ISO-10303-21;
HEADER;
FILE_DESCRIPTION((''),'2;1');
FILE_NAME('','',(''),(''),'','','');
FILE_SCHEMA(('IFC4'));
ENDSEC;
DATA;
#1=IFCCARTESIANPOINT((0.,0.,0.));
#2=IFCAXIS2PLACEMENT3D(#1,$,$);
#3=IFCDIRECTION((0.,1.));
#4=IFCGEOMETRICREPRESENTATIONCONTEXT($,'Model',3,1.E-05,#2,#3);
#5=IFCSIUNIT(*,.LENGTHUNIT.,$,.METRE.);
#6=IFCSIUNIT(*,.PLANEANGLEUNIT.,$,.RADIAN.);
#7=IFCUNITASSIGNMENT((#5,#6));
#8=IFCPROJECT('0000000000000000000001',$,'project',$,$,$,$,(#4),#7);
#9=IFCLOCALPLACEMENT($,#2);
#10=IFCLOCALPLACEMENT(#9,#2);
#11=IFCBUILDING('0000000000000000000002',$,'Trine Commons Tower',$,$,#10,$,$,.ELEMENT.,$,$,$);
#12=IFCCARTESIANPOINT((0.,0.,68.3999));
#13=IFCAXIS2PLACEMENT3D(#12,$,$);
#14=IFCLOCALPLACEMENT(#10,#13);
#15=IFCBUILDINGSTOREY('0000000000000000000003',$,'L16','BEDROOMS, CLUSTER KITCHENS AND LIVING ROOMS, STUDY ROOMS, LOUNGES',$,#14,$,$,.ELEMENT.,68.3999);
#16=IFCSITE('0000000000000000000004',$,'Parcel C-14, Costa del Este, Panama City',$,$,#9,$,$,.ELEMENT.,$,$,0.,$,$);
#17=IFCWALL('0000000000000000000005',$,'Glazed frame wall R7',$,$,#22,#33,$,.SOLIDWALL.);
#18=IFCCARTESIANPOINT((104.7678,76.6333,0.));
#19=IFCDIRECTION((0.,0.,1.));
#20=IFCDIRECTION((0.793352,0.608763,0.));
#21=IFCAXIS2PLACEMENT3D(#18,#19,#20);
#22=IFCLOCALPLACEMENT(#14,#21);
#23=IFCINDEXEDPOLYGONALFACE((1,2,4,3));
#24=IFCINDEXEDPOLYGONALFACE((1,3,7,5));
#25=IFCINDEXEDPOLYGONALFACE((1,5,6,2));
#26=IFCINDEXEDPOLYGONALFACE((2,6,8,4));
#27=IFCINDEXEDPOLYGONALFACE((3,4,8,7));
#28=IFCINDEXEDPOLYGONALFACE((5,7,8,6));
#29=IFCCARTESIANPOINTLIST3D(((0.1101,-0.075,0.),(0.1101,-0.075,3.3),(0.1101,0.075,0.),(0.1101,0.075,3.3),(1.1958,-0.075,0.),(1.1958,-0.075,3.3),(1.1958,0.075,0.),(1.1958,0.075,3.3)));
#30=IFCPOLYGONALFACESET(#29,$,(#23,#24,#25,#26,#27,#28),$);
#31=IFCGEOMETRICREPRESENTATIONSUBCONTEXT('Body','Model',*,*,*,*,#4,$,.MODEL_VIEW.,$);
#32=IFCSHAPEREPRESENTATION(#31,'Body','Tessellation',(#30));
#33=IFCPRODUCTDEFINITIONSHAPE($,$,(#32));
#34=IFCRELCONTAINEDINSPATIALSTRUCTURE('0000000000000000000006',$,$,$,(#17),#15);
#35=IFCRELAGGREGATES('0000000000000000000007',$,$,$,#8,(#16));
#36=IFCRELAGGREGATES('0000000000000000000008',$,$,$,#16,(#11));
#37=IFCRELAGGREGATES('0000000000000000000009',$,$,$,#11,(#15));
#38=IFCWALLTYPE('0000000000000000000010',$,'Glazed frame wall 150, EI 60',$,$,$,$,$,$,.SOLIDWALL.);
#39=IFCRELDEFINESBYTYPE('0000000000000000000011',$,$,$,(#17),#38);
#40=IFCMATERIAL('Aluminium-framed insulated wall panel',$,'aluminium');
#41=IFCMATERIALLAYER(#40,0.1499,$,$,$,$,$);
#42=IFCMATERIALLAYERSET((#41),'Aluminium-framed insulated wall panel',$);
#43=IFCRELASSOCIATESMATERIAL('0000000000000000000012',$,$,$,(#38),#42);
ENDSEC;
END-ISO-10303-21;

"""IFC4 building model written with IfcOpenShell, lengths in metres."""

from ifc_helpers import new_model, si_unit, direction, frame, origin, place, context, subcontext, project, spatial, polyline, outline, extrude, material, layer, layer_set, type_object, element, save


model = new_model("IFC4")

# Units and contexts
model_context = context("Model", 3, precision=1e-05, world=origin(), true_north=direction((0.0, 1.0)))
body_context = subcontext(model_context, "Body", "Model", "MODEL_VIEW")
ifc_project = project(units=[si_unit("LENGTHUNIT", "METRE"), si_unit("PLANEANGLEUNIT", "RADIAN")], contexts=[model_context])

# Site, building, storey
site_placement = place(None, origin())
site = spatial("IfcSite", under=ifc_project, at=site_placement, Name="Parcel C-14, Costa del Este, Panama City", CompositionType="ELEMENT", RefElevation=0.0)
building_placement = place(site_placement, origin())
building = spatial("IfcBuilding", under=site, at=building_placement, Name="Trine Commons Tower", CompositionType="ELEMENT")
storey_placement = place(building_placement, frame((0.0, 0.0, 68.3999)))
storey = spatial("IfcBuildingStorey", under=building, at=storey_placement, Name="L16", Description="BEDROOMS, CLUSTER KITCHENS AND LIVING ROOMS, STUDY ROOMS, LOUNGES", CompositionType="ELEMENT", Elevation=68.3999)

# Wall
ifc_material_1 = material(Name="Aluminium-framed insulated wall panel", Category="aluminium")
ifc_layer_1 = layer(ifc_material_1, 0.1499)
ifc_layer_set_1 = layer_set([ifc_layer_1], Name="Aluminium-framed insulated wall panel")
wall_type_1 = type_object("IfcWallType", Name="Glazed frame wall 150, EI 60", PredefinedType="SOLIDWALL", material=ifc_layer_set_1)
wall_1_placement = place(storey_placement, frame((104.7678, 76.6333, 0.0), z_axis=(0.0, 0.0, 1.0), x_axis=(0.793352, 0.608763, 0.0)))
element("IfcWall", 1, at=wall_1_placement, inside=storey, type_object=wall_type_1, Name="Glazed frame wall R7", PredefinedType="SOLIDWALL", context=body_context, shape_type="SweptSolid", body=[
    extrude(outline(polyline([(0.1101, 0.075), (0.1101, -0.075), (1.1958, -0.075), (1.1958, 0.075), (0.1101, 0.075)])), origin(), (0.0, 0.0, 1.0), 3.3),
])

save(model, "model.ifc")
